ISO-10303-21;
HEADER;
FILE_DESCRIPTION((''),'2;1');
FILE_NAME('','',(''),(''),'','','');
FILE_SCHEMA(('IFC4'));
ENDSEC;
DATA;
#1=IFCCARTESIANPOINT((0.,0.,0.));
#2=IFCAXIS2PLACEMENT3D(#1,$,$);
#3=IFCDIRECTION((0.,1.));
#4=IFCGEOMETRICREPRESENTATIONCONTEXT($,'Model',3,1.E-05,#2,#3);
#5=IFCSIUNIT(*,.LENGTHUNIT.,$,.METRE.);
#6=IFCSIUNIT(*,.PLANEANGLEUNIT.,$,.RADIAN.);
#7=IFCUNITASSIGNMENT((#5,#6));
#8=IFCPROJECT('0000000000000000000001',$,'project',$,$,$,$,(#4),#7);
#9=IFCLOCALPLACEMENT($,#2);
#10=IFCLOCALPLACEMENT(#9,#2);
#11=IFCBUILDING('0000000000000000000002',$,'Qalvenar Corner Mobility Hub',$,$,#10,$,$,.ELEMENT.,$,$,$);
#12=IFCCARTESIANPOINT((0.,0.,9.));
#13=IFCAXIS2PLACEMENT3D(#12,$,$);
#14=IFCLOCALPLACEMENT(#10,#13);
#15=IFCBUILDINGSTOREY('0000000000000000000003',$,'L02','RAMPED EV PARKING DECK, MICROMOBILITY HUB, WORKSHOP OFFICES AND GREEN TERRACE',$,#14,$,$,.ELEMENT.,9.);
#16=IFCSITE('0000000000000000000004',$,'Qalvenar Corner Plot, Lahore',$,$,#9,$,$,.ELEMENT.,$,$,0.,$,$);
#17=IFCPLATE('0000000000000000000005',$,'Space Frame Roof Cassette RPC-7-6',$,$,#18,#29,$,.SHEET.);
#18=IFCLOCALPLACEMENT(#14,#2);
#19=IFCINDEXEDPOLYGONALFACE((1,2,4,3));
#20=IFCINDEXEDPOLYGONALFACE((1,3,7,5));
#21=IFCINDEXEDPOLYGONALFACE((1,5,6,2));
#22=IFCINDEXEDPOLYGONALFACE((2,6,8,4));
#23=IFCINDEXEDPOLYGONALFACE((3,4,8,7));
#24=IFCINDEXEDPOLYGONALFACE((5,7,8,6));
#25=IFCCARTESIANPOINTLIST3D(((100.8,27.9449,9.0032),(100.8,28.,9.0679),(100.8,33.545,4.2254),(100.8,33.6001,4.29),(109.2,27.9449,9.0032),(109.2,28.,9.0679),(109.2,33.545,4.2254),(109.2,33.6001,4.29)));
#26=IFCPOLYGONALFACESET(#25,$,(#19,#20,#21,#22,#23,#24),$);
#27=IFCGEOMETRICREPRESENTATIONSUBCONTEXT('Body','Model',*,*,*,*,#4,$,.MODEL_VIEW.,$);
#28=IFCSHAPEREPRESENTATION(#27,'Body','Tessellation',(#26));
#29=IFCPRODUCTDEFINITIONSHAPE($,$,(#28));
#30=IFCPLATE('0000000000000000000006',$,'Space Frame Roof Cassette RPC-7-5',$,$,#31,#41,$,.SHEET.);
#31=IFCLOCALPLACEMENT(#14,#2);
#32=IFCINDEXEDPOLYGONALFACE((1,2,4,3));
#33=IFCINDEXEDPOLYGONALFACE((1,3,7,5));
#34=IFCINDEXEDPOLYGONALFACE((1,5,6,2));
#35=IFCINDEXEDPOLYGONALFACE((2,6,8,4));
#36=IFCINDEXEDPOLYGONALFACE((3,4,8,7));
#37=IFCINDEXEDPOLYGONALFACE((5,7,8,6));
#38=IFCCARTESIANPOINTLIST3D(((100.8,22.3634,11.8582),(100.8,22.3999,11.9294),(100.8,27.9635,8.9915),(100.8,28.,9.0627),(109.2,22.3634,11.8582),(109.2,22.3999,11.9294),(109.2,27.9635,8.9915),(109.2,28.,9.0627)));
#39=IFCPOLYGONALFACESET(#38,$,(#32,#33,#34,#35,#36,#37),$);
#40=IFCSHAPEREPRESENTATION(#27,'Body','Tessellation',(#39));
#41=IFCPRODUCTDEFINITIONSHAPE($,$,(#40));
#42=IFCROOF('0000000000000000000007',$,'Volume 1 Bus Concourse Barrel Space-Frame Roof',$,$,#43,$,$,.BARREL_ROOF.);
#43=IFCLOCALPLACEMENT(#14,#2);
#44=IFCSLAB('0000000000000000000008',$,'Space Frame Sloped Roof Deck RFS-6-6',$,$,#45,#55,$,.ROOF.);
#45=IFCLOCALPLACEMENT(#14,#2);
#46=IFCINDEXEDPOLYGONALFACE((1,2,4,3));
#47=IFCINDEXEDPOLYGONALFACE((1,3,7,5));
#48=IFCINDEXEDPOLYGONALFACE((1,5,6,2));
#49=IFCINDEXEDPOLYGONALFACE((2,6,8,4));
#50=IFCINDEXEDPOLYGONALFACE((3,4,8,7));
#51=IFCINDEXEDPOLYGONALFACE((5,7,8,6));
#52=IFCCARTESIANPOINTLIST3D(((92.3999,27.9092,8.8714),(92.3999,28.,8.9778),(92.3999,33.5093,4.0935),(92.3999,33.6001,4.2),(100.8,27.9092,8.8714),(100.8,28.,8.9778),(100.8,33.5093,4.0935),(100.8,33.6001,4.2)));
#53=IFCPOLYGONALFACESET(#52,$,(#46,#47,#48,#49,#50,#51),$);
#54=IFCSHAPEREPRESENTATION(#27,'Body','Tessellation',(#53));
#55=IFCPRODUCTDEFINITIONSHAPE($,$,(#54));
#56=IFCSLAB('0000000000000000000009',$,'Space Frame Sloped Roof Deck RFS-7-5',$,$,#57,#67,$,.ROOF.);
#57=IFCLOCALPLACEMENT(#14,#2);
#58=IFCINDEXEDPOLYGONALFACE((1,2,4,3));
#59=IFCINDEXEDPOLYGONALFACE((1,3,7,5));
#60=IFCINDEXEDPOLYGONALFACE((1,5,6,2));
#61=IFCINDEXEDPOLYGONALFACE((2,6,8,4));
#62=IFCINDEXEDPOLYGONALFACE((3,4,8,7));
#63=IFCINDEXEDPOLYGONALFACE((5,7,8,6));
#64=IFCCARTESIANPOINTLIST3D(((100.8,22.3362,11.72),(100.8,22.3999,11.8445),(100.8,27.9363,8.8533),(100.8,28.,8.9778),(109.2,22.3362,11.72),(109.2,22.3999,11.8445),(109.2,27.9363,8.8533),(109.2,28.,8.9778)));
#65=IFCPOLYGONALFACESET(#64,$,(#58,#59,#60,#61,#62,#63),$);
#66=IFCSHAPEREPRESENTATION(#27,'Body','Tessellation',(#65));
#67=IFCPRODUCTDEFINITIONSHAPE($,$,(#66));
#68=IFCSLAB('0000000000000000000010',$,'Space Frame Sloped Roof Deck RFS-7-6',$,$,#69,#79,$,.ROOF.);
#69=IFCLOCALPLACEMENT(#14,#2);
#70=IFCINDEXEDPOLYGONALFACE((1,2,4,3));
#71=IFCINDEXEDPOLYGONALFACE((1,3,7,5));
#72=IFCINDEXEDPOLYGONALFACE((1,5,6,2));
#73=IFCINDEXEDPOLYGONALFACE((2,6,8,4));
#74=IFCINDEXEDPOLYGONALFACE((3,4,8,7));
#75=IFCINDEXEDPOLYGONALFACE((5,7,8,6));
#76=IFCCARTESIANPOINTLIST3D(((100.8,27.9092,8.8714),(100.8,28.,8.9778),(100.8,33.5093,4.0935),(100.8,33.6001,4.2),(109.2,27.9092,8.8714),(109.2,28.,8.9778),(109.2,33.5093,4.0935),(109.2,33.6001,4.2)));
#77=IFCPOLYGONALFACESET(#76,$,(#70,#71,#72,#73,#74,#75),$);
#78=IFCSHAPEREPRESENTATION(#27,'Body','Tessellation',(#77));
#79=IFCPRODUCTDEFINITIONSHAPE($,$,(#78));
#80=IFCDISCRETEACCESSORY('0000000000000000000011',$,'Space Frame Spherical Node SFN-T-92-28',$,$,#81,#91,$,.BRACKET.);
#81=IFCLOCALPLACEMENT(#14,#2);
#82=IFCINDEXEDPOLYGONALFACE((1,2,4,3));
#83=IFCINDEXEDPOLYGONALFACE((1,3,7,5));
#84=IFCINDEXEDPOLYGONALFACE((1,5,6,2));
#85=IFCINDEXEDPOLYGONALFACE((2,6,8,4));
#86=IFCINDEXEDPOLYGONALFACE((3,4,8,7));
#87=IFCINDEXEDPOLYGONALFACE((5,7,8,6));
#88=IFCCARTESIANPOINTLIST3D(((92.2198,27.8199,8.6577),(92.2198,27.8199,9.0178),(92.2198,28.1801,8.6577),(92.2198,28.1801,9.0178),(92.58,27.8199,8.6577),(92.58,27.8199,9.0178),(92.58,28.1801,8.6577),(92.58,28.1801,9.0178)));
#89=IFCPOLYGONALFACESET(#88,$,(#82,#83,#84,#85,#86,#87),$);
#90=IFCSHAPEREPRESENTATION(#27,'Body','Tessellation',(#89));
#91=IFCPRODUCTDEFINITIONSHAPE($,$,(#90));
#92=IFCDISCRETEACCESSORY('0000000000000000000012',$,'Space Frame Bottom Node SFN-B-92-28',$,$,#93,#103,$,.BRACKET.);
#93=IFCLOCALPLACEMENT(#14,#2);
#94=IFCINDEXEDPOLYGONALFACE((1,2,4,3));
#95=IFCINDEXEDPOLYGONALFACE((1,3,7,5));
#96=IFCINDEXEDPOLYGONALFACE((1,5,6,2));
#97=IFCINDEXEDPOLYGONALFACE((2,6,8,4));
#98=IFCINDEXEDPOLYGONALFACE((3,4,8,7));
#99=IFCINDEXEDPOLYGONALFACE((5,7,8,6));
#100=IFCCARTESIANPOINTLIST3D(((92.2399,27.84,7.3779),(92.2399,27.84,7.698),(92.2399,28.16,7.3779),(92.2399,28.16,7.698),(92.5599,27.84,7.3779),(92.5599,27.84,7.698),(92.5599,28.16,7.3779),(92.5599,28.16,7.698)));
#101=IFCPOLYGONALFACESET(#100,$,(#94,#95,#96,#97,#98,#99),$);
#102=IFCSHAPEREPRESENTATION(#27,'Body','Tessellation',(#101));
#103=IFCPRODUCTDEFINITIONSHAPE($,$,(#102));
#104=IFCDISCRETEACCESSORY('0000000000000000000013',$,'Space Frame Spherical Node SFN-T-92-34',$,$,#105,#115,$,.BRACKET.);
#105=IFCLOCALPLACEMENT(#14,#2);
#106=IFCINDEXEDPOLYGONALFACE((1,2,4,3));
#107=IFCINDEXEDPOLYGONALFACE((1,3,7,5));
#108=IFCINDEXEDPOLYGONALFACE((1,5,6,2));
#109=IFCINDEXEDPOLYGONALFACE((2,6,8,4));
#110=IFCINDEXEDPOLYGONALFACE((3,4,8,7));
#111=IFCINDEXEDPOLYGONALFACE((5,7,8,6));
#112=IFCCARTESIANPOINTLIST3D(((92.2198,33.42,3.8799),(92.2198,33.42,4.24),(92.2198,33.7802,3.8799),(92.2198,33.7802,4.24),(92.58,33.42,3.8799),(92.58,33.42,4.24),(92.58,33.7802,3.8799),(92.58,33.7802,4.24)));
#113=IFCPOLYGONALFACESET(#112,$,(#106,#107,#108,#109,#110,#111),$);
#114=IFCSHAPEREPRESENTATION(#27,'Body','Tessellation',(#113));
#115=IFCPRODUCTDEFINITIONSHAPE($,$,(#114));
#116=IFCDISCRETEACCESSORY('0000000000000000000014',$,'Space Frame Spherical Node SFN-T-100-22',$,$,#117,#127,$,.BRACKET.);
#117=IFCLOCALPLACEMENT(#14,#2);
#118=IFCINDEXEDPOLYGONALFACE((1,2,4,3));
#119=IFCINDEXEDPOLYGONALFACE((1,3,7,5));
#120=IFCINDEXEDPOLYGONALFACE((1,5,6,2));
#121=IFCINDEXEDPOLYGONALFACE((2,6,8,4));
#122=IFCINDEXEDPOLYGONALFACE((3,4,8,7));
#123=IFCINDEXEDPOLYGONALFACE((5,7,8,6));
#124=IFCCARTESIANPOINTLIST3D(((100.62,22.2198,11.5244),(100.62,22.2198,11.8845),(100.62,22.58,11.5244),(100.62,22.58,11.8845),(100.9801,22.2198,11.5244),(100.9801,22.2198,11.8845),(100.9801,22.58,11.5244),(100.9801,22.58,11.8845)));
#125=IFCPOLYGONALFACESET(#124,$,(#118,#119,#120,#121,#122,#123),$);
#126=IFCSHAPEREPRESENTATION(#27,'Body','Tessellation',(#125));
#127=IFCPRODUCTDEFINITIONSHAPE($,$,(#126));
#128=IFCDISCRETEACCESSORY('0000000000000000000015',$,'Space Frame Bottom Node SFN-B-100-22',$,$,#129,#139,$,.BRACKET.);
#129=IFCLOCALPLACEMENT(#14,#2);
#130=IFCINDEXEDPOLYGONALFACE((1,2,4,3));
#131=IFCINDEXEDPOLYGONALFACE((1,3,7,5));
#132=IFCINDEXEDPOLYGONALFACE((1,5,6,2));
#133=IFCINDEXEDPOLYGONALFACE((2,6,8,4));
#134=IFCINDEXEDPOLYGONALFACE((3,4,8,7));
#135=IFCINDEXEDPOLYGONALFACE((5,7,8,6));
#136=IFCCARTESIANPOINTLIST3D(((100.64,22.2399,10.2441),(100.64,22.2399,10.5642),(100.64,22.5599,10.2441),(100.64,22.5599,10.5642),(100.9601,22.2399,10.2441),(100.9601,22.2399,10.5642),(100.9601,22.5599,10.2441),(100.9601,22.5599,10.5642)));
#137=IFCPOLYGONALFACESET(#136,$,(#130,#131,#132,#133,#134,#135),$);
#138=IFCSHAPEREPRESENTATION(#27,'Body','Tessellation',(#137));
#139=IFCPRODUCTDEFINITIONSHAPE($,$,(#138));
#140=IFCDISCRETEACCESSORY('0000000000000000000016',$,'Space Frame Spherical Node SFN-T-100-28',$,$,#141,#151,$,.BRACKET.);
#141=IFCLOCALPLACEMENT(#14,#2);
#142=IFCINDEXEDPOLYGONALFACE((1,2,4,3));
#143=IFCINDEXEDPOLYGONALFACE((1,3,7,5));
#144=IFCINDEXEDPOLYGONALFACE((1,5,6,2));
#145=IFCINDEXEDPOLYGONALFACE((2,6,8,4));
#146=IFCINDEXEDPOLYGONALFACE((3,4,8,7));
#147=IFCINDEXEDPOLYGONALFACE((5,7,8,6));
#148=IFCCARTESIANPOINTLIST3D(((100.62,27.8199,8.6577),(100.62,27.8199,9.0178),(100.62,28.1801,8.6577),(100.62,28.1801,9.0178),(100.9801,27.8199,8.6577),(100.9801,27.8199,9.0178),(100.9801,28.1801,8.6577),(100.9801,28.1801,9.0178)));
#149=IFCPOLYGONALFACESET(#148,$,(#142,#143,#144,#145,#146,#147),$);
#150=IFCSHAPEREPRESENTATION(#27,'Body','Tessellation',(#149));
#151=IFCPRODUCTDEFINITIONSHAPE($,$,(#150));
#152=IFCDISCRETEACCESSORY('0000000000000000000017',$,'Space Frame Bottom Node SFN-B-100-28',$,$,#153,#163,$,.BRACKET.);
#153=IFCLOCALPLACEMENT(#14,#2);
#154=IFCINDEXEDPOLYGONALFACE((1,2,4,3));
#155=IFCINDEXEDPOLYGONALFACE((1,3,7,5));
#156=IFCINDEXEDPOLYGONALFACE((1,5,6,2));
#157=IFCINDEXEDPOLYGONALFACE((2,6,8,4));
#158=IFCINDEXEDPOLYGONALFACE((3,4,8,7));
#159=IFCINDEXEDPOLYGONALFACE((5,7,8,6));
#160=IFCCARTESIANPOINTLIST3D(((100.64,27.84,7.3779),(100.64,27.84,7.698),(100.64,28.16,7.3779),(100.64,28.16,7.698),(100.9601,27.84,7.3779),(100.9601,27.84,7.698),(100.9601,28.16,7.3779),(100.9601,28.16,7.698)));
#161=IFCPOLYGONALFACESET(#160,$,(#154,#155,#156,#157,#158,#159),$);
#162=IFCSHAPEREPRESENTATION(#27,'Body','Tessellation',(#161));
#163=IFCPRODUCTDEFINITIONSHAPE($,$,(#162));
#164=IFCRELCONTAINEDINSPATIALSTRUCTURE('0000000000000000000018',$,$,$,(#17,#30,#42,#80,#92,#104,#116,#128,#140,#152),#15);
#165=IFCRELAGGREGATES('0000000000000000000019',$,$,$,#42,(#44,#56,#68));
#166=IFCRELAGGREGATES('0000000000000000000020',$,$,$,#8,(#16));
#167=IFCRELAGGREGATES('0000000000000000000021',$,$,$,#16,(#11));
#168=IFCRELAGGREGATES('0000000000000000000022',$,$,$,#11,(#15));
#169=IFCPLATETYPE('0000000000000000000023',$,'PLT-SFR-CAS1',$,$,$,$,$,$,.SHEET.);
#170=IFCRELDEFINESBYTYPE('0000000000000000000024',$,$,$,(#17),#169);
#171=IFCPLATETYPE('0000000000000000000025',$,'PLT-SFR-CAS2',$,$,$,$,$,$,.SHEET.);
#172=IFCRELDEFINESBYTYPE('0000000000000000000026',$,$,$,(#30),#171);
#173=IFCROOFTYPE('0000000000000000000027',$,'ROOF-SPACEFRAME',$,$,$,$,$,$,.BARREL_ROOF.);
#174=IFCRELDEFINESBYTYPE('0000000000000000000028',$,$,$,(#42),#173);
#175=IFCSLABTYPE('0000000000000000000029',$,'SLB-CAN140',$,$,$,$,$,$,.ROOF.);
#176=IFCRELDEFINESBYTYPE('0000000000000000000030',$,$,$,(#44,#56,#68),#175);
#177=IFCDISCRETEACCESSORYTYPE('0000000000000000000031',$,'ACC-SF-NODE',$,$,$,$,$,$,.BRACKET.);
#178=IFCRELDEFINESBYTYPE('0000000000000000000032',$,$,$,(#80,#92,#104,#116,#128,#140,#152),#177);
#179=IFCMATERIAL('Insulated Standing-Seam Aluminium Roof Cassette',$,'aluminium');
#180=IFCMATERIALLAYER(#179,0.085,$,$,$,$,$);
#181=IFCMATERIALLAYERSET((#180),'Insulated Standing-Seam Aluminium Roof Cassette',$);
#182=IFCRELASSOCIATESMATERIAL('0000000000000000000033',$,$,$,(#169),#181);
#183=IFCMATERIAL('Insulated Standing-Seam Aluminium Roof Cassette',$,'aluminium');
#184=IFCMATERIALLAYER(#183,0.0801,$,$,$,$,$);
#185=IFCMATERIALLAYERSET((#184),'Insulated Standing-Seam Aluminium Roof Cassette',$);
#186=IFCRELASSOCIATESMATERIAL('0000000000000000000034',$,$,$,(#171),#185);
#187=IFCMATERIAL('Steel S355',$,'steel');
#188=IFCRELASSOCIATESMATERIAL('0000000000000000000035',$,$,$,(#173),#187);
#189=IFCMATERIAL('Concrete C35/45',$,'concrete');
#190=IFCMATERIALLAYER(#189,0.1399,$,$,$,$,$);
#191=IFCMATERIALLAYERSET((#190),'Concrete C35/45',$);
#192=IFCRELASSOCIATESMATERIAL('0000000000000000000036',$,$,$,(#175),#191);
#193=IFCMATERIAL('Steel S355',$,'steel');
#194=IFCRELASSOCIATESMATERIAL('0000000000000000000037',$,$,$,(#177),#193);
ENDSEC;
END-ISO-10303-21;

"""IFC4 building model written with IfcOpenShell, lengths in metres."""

from ifc_helpers import new_model, si_unit, direction, frame, origin, origin_2d, place, context, subcontext, project, spatial, polyline, rectangle, outline, extrude, material, layer, layer_set, type_object, element, aggregate, save


model = new_model("IFC4")

# Units and contexts
model_context = context("Model", 3, precision=1e-05, world=origin(), true_north=direction((0.0, 1.0)))
body_context = subcontext(model_context, "Body", "Model", "MODEL_VIEW")
ifc_project = project(units=[si_unit("LENGTHUNIT", "METRE"), si_unit("PLANEANGLEUNIT", "RADIAN")], contexts=[model_context])

# Site, building, storey
site_placement = place(None, origin())
site = spatial("IfcSite", under=ifc_project, at=site_placement, Name="Qalvenar Corner Plot, Lahore", CompositionType="ELEMENT", RefElevation=0.0)
building_placement = place(site_placement, origin())
building = spatial("IfcBuilding", under=site, at=building_placement, Name="Qalvenar Corner Mobility Hub", CompositionType="ELEMENT")
storey_placement = place(building_placement, frame((0.0, 0.0, 9.0)))
storey = spatial("IfcBuildingStorey", under=building, at=storey_placement, Name="L02", Description="RAMPED EV PARKING DECK, MICROMOBILITY HUB, WORKSHOP OFFICES AND GREEN TERRACE", CompositionType="ELEMENT", Elevation=9.0)

# Shared definitions
ifc_material_1 = material(Name="Steel S355", Category="steel")

# Shared definitions
ifc_material_2 = material(Name="Steel S355", Category="steel")

# Plates
ifc_material_3 = material(Name="Insulated Standing-Seam Aluminium Roof Cassette", Category="aluminium")
ifc_layer_1 = layer(ifc_material_3, 0.085)
ifc_layer_set_1 = layer_set([ifc_layer_1], Name="Insulated Standing-Seam Aluminium Roof Cassette")
plate_type_1 = type_object("IfcPlateType", Name="PLT-SFR-CAS1", PredefinedType="SHEET", material=ifc_layer_set_1)
plate_1_placement = place(storey_placement, frame((100.8, 28.0, 9.0679), z_axis=(0.0, 0.649047, 0.760748), x_axis=(1.0, 0.0, 0.0)))
element("IfcPlate", 1, at=plate_1_placement, inside=storey, type_object=plate_type_1, Name="Space Frame Roof Cassette RPC-7-6", PredefinedType="SHEET", context=body_context, shape_type="SweptSolid", body=[
    extrude(outline(polyline([(0.0, 0.0), (8.3999, 0.0), (8.3999, 7.3613), (0.0, 7.3613), (0.0, 0.0)])), origin(), (0.0, 0.0, -1.0), 0.085),
])
ifc_material_4 = material(Name="Insulated Standing-Seam Aluminium Roof Cassette", Category="aluminium")
ifc_layer_2 = layer(ifc_material_4, 0.0801)
ifc_layer_set_2 = layer_set([ifc_layer_2], Name="Insulated Standing-Seam Aluminium Roof Cassette")
plate_type_2 = type_object("IfcPlateType", Name="PLT-SFR-CAS2", PredefinedType="SHEET", material=ifc_layer_set_2)
plate_2_placement = place(storey_placement, frame((100.8, 22.3999, 11.9294), z_axis=(0.0, 0.455669, 0.890149), x_axis=(1.0, 0.0, 0.0)))
element("IfcPlate", 2, at=plate_2_placement, inside=storey, type_object=plate_type_2, Name="Space Frame Roof Cassette RPC-7-5", PredefinedType="SHEET", context=body_context, shape_type="SweptSolid", body=[
    extrude(outline(polyline([(0.0, 0.0), (8.3999, 0.0), (8.3999, 6.2912), (0.0, 6.2912), (0.0, 0.0)])), origin(), (0.0, 0.0, -1.0), 0.0801),
])

# Roof, slabs
roof_type = type_object("IfcRoofType", Name="ROOF-SPACEFRAME", PredefinedType="BARREL_ROOF", material=ifc_material_2)
roof_placement = place(storey_placement, origin())
roof = element("IfcRoof", 3, at=roof_placement, inside=storey, type_object=roof_type, Name="Volume 1 Bus Concourse Barrel Space-Frame Roof", PredefinedType="BARREL_ROOF")
ifc_material_5 = material(Name="Concrete C35/45", Category="concrete")
ifc_layer_3 = layer(ifc_material_5, 0.1399)
ifc_layer_set_3 = layer_set([ifc_layer_3], Name="Concrete C35/45")
slab_type = type_object("IfcSlabType", Name="SLB-CAN140", PredefinedType="ROOF", material=ifc_layer_set_3)
slab_1_placement = place(storey_placement, frame((92.3999, 28.0, 8.9778), z_axis=(0.0, 0.649047, 0.760748), x_axis=(1.0, 0.0, 0.0)))
slab_1 = element("IfcSlab", 4, at=slab_1_placement, type_object=slab_type, Name="Space Frame Sloped Roof Deck RFS-6-6", PredefinedType="ROOF", context=body_context, shape_type="SweptSolid", body=[
    extrude(outline(polyline([(0.0, 0.0), (8.4001, 0.0), (8.4001, 7.3613), (0.0, 7.3613), (0.0, 0.0)])), origin(), (0.0, 0.0, -1.0), 0.1399),
])
slab_2_placement = place(storey_placement, frame((100.8, 22.3999, 11.8445), z_axis=(0.0, 0.455669, 0.890149), x_axis=(1.0, 0.0, 0.0)))
slab_2 = element("IfcSlab", 5, at=slab_2_placement, type_object=slab_type, Name="Space Frame Sloped Roof Deck RFS-7-5", PredefinedType="ROOF", context=body_context, shape_type="SweptSolid", body=[
    extrude(outline(polyline([(0.0, 0.0), (8.3999, 0.0), (8.3999, 6.2912), (0.0, 6.2912), (0.0, 0.0)])), origin(), (0.0, 0.0, -1.0), 0.1399),
])
slab_3_placement = place(storey_placement, frame((100.8, 28.0, 8.9778), z_axis=(0.0, 0.649047, 0.760748), x_axis=(1.0, 0.0, 0.0)))
slab_3 = element("IfcSlab", 6, at=slab_3_placement, type_object=slab_type, Name="Space Frame Sloped Roof Deck RFS-7-6", PredefinedType="ROOF", context=body_context, shape_type="SweptSolid", body=[
    extrude(outline(polyline([(0.0, 0.0), (8.3999, 0.0), (8.3999, 7.3613), (0.0, 7.3613), (0.0, 0.0)])), origin(), (0.0, 0.0, -1.0), 0.1399),
])
aggregate(roof, [slab_1, slab_2, slab_3])

# Discrete accessories
discrete_accessory_type = type_object("IfcDiscreteAccessoryType", Name="ACC-SF-NODE", PredefinedType="BRACKET", material=ifc_material_1)
discrete_accessory_1_placement = place(storey_placement, frame((92.3999, 28.0, 8.6577), z_axis=(0.0, 0.0, 1.0), x_axis=(1.0, 0.0, 0.0)))
element("IfcDiscreteAccessory", 7, at=discrete_accessory_1_placement, inside=storey, type_object=discrete_accessory_type, Name="Space Frame Spherical Node SFN-T-92-28", PredefinedType="BRACKET", context=body_context, shape_type="SweptSolid", body=[
    extrude(rectangle(XDim=0.3601, YDim=0.3601, at=origin_2d()), origin(), (0.0, 0.0, 1.0), 0.3601),
])
discrete_accessory_2_placement = place(storey_placement, frame((92.3999, 28.0, 7.3779), z_axis=(0.0, 0.0, 1.0), x_axis=(1.0, 0.0, 0.0)))
element("IfcDiscreteAccessory", 8, at=discrete_accessory_2_placement, inside=storey, type_object=discrete_accessory_type, Name="Space Frame Bottom Node SFN-B-92-28", PredefinedType="BRACKET", context=body_context, shape_type="SweptSolid", body=[
    extrude(rectangle(XDim=0.3201, YDim=0.3201, at=origin_2d()), origin(), (0.0, 0.0, 1.0), 0.3201),
])
for number, where, z_axis, x_axis, name in (
    (9, (92.3999, 33.6001, 3.8799), (0.0, 0.0, 1.0), (1.0, 0.0, 0.0), "Space Frame Spherical Node SFN-T-92-34"),
    (10, (100.8, 22.3999, 11.5244), (0.0, 0.0, 1.0), (1.0, 0.0, 0.0), "Space Frame Spherical Node SFN-T-100-22"),
):
    element("IfcDiscreteAccessory", number, at=place(storey_placement, frame(where, z_axis=z_axis, x_axis=x_axis)), inside=storey, type_object=discrete_accessory_type, Name=name, PredefinedType="BRACKET", context=body_context, shape_type="SweptSolid", body=[
        extrude(rectangle(XDim=0.3601, YDim=0.3601, at=origin_2d()), origin(), (0.0, 0.0, 1.0), 0.3601),
    ])
discrete_accessory_3_placement = place(storey_placement, frame((100.8, 22.3999, 10.2441), z_axis=(0.0, 0.0, 1.0), x_axis=(1.0, 0.0, 0.0)))
element("IfcDiscreteAccessory", 11, at=discrete_accessory_3_placement, inside=storey, type_object=discrete_accessory_type, Name="Space Frame Bottom Node SFN-B-100-22", PredefinedType="BRACKET", context=body_context, shape_type="SweptSolid", body=[
    extrude(rectangle(XDim=0.3201, YDim=0.3201, at=origin_2d()), origin(), (0.0, 0.0, 1.0), 0.3201),
])
discrete_accessory_4_placement = place(storey_placement, frame((100.8, 28.0, 8.6577), z_axis=(0.0, 0.0, 1.0), x_axis=(1.0, 0.0, 0.0)))
element("IfcDiscreteAccessory", 12, at=discrete_accessory_4_placement, inside=storey, type_object=discrete_accessory_type, Name="Space Frame Spherical Node SFN-T-100-28", PredefinedType="BRACKET", context=body_context, shape_type="SweptSolid", body=[
    extrude(rectangle(XDim=0.3601, YDim=0.3601, at=origin_2d()), origin(), (0.0, 0.0, 1.0), 0.3601),
])
discrete_accessory_5_placement = place(storey_placement, frame((100.8, 28.0, 7.3779), z_axis=(0.0, 0.0, 1.0), x_axis=(1.0, 0.0, 0.0)))
element("IfcDiscreteAccessory", 13, at=discrete_accessory_5_placement, inside=storey, type_object=discrete_accessory_type, Name="Space Frame Bottom Node SFN-B-100-28", PredefinedType="BRACKET", context=body_context, shape_type="SweptSolid", body=[
    extrude(rectangle(XDim=0.3201, YDim=0.3201, at=origin_2d()), origin(), (0.0, 0.0, 1.0), 0.3201),
])

save(model, "model.ifc")
